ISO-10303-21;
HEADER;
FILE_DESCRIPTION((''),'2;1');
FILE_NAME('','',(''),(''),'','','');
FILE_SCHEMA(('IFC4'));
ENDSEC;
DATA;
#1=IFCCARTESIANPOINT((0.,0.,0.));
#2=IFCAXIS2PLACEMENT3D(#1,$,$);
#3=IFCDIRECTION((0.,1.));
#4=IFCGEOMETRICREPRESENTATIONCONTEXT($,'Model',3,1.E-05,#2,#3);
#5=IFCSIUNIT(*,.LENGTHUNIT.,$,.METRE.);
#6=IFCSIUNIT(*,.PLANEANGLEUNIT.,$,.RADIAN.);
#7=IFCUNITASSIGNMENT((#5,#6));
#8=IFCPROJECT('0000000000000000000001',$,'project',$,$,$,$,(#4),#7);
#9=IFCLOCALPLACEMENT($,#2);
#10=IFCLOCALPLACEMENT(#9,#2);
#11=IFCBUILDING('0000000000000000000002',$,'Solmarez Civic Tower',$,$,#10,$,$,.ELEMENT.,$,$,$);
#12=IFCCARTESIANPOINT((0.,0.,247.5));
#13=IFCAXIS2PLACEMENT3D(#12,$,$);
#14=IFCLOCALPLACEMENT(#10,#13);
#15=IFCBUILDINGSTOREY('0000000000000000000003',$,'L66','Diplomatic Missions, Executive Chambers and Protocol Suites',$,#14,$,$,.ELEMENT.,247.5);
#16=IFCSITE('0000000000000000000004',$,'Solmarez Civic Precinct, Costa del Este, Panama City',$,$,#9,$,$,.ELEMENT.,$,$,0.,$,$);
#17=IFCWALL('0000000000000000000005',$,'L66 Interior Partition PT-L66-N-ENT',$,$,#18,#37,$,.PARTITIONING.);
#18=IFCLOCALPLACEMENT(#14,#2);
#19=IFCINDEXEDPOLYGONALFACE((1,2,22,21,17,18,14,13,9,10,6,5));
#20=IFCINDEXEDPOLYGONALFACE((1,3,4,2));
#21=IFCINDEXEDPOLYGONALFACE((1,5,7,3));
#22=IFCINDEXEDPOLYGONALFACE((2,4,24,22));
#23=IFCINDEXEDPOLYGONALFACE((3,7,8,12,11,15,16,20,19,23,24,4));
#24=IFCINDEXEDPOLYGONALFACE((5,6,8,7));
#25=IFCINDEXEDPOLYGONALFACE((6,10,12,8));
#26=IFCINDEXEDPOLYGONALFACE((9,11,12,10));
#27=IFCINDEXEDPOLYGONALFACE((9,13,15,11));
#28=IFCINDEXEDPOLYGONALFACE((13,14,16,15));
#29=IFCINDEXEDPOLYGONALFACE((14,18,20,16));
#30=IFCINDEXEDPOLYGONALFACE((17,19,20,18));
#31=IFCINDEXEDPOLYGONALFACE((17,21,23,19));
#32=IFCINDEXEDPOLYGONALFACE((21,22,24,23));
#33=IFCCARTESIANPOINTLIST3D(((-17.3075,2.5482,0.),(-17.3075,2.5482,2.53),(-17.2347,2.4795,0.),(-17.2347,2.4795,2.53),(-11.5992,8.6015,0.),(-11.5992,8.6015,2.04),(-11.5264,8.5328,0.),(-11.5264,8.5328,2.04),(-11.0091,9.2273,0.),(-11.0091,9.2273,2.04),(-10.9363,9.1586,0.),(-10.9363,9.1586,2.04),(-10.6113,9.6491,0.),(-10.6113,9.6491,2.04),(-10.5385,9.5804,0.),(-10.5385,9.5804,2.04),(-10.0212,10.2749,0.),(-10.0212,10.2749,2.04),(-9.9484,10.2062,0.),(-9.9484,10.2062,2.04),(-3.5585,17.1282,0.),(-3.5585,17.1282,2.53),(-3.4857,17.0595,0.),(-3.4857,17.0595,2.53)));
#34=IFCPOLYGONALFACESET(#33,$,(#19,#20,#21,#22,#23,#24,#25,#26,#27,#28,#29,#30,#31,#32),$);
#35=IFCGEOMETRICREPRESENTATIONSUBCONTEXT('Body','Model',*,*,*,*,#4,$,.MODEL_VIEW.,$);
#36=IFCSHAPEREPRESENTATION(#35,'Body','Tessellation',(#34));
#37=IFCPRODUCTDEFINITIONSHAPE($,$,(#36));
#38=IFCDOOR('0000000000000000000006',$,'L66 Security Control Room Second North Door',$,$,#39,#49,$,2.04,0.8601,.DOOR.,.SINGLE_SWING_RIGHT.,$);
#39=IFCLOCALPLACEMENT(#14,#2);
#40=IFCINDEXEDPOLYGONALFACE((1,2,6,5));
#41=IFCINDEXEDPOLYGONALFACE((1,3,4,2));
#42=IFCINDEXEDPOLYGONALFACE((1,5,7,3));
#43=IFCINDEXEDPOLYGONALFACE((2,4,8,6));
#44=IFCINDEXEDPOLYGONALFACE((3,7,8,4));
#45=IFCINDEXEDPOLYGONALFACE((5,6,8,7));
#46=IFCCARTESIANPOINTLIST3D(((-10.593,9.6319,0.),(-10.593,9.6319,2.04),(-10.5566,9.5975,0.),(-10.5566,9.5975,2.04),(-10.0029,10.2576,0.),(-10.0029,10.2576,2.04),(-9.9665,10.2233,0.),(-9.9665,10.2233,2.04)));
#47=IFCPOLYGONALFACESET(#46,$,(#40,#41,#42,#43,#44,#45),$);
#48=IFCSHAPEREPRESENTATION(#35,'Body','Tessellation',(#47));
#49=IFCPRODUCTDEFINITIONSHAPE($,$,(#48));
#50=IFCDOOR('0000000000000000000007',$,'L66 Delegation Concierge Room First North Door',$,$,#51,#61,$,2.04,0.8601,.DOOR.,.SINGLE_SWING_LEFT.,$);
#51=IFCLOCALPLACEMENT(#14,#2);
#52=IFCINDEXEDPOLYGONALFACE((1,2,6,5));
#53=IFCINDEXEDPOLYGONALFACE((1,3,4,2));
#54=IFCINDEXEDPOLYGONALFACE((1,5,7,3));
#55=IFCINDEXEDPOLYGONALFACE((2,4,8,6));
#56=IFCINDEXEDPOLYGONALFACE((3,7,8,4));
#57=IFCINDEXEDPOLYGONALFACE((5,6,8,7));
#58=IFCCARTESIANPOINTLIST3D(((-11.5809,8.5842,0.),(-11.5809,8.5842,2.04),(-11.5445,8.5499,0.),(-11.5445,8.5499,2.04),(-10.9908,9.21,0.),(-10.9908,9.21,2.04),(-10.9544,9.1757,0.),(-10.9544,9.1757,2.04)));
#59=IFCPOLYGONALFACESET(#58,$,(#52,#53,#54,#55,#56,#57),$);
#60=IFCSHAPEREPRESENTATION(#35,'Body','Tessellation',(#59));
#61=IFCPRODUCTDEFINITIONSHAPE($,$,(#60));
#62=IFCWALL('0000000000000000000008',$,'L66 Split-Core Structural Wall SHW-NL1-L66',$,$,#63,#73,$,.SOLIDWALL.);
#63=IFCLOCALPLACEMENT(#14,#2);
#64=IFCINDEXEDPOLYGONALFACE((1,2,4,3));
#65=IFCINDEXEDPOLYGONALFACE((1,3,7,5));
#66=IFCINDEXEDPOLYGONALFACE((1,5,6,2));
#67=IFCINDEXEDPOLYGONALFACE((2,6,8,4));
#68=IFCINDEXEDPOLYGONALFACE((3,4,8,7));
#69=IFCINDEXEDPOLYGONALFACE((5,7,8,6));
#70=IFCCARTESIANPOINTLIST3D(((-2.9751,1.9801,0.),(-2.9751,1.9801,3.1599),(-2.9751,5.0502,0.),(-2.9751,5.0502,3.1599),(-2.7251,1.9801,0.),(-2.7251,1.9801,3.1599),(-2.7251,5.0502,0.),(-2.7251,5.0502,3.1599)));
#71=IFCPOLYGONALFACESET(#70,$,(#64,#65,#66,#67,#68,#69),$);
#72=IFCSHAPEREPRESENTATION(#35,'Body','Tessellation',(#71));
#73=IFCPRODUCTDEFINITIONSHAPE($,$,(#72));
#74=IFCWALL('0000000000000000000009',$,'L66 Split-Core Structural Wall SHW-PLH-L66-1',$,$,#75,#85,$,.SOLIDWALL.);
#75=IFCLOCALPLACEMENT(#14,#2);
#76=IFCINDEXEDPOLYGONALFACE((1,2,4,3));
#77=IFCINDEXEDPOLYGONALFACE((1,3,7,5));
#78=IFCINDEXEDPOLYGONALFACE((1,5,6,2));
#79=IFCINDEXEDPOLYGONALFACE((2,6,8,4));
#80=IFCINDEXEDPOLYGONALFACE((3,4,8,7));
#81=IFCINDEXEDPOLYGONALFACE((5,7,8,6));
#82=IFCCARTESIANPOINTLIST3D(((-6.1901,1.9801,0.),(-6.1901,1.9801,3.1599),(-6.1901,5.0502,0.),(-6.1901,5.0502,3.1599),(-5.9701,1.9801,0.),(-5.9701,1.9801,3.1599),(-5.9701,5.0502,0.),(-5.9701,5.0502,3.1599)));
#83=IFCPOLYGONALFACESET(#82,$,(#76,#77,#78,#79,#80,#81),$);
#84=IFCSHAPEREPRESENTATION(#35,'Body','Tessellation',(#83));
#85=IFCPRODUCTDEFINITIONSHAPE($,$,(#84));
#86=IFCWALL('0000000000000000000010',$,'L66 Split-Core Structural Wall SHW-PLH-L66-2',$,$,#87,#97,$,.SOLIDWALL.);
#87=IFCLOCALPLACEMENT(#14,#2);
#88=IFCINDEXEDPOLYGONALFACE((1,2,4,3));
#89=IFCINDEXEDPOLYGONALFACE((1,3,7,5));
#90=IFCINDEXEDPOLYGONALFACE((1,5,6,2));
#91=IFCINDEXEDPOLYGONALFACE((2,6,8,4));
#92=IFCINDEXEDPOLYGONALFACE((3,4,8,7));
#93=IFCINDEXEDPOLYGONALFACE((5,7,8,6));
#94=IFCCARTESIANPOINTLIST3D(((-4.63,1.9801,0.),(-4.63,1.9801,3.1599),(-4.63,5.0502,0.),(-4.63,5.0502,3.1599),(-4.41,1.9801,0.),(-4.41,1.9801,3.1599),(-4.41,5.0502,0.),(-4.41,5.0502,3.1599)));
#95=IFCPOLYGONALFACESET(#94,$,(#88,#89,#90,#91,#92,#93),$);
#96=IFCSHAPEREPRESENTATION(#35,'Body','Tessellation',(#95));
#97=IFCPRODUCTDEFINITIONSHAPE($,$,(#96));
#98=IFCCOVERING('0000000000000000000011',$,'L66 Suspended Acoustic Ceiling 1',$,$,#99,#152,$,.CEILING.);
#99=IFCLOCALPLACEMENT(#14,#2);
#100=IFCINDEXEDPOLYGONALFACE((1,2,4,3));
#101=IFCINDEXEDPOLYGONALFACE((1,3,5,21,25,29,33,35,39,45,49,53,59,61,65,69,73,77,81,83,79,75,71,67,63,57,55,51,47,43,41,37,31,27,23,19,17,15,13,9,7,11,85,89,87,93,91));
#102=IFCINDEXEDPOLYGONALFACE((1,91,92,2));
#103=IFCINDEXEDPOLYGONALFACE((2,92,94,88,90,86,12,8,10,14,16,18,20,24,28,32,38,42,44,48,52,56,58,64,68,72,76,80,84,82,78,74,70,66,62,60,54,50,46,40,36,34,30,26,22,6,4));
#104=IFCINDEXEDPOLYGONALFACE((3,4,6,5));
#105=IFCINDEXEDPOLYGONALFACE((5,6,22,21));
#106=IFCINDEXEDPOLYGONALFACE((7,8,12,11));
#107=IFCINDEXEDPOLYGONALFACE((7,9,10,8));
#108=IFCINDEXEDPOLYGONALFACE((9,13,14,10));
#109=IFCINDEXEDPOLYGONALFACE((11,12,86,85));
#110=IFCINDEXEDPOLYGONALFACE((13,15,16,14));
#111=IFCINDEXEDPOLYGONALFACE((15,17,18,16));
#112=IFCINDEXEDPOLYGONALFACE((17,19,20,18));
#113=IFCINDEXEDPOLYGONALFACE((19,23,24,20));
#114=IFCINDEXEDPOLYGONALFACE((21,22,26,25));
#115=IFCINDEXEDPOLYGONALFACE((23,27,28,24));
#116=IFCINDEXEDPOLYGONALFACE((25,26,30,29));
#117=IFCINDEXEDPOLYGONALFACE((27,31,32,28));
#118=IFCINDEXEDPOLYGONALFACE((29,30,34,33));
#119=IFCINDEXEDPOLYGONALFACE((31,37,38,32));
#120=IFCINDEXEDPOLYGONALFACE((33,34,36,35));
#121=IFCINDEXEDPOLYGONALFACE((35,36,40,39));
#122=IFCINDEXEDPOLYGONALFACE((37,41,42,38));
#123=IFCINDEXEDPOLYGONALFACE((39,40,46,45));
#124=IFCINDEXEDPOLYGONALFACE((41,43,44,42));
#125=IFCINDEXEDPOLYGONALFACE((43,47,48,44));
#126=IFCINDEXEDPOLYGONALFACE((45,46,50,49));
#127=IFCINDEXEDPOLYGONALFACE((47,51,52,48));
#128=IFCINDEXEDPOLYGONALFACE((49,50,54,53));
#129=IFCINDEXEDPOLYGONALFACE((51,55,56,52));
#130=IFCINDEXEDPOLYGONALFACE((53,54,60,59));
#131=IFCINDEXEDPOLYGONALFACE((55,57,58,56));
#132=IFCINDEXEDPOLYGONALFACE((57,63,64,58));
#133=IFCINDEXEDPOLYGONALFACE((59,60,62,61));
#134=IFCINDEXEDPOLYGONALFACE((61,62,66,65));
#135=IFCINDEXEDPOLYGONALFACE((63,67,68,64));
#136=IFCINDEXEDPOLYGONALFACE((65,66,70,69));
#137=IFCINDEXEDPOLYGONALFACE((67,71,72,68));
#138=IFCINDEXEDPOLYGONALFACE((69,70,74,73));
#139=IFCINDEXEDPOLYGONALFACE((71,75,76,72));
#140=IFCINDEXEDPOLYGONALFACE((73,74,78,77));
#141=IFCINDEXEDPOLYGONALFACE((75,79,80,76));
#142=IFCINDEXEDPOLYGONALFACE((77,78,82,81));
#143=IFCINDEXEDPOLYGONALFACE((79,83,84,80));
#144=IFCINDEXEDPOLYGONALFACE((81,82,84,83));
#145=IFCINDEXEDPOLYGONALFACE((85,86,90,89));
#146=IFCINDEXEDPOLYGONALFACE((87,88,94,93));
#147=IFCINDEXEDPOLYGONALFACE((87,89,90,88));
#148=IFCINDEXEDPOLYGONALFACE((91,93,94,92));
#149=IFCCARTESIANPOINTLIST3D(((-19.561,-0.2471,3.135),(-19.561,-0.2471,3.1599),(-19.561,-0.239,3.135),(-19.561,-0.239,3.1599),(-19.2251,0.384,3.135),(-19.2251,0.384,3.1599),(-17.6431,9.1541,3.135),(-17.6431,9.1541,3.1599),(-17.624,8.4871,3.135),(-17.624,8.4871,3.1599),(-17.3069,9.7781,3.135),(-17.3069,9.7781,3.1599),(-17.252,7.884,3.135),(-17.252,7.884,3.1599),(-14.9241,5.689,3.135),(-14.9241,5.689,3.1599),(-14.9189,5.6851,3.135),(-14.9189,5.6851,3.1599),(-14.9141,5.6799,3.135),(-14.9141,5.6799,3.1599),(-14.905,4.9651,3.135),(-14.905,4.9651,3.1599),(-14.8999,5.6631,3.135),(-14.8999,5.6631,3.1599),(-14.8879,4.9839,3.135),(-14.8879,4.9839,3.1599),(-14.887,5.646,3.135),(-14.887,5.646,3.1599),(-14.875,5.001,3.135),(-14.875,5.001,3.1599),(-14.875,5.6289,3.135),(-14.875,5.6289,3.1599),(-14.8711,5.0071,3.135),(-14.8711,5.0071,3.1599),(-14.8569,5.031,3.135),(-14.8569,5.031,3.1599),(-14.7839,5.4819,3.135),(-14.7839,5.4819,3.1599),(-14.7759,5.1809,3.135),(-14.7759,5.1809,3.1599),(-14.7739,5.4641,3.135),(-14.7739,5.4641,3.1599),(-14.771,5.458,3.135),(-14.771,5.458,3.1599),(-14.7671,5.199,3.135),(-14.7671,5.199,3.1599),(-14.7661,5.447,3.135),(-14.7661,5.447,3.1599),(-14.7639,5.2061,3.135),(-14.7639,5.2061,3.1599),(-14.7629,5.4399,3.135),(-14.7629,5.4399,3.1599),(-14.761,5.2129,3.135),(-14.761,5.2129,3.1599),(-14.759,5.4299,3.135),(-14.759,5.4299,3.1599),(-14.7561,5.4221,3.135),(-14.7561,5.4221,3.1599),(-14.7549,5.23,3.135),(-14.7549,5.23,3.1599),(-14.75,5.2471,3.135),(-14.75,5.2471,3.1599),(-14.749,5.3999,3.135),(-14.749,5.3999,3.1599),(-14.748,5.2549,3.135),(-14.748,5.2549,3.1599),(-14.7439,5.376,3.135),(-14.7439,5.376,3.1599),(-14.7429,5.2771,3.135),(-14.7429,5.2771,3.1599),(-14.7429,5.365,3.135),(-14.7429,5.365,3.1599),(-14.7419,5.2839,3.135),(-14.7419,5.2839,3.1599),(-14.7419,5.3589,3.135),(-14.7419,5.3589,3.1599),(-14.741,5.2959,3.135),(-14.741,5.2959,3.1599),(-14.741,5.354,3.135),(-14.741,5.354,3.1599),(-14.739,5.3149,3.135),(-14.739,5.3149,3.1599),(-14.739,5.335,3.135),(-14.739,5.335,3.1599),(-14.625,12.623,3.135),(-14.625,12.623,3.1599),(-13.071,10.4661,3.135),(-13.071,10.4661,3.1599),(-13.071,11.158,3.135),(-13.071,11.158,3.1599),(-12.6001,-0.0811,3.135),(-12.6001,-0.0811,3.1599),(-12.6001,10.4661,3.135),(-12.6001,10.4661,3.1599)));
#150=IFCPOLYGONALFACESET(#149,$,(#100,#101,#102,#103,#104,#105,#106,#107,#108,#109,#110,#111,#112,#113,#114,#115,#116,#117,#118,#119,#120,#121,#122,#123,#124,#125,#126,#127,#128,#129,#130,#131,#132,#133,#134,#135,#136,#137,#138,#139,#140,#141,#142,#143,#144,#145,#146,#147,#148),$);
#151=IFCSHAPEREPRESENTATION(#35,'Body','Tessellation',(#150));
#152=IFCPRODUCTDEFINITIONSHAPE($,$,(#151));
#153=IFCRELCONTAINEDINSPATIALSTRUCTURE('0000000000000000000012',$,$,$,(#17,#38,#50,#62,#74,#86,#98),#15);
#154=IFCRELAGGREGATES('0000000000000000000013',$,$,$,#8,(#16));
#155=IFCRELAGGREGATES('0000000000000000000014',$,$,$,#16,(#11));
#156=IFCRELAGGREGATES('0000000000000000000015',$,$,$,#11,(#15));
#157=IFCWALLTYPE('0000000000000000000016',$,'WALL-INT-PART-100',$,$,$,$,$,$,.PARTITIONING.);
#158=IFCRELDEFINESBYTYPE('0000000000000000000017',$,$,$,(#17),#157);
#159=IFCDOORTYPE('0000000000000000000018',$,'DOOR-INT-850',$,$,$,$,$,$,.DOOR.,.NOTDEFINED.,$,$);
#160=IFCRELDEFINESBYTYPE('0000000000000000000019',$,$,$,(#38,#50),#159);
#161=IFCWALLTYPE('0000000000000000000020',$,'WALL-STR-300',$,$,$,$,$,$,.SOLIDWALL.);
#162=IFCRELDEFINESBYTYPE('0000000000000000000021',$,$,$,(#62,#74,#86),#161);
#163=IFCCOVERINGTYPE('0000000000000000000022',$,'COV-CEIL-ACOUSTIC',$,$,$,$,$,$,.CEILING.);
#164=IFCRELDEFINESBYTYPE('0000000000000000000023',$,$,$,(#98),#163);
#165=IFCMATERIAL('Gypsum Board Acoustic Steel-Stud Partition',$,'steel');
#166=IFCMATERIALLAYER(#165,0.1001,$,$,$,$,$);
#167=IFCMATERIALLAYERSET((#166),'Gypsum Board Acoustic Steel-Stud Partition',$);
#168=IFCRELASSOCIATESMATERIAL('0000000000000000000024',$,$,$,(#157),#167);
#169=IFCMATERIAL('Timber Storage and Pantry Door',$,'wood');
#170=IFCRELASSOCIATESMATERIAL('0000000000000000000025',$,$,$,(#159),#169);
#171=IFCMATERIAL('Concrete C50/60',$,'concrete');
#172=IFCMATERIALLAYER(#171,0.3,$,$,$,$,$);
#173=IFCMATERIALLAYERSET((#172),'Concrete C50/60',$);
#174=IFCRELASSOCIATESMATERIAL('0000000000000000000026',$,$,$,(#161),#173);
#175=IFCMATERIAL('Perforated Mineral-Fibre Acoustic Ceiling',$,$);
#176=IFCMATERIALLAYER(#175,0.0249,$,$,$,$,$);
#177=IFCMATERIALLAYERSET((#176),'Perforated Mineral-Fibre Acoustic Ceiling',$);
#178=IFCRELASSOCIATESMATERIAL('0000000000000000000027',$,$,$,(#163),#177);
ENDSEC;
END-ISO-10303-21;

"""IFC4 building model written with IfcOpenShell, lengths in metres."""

from ifc_helpers import new_model, si_unit, direction, frame, frame_2d, origin, place, context, subcontext, project, spatial, polyline, rectangle, outline, extrude, material, layer, layer_set, type_object, element, fill, save


model = new_model("IFC4")

# Units and contexts
model_context = context("Model", 3, precision=1e-05, world=origin(), true_north=direction((0.0, 1.0)))
body_context = subcontext(model_context, "Body", "Model", "MODEL_VIEW")
ifc_project = project(units=[si_unit("LENGTHUNIT", "METRE"), si_unit("PLANEANGLEUNIT", "RADIAN")], contexts=[model_context])

# Site, building, storey
site_placement = place(None, origin())
site = spatial("IfcSite", under=ifc_project, at=site_placement, Name="Solmarez Civic Precinct, Costa del Este, Panama City", CompositionType="ELEMENT", RefElevation=0.0)
building_placement = place(site_placement, origin())
building = spatial("IfcBuilding", under=site, at=building_placement, Name="Solmarez Civic Tower", CompositionType="ELEMENT")
storey_placement = place(building_placement, frame((0.0, 0.0, 247.5)))
storey = spatial("IfcBuildingStorey", under=building, at=storey_placement, Name="L66", Description="Diplomatic Missions, Executive Chambers and Protocol Suites", CompositionType="ELEMENT", Elevation=247.5)

# Shared definitions
ifc_material_1 = material(Name="Concrete C50/60", Category="concrete")

# Shared definitions
ifc_material_2 = material(Name="Gypsum Board Acoustic Steel-Stud Partition", Category="steel")
ifc_layer_1 = layer(ifc_material_2, 0.1001)
ifc_layer_set_1 = layer_set([ifc_layer_1], Name="Gypsum Board Acoustic Steel-Stud Partition")
wall_type_1 = type_object("IfcWallType", Name="WALL-INT-PART-100", PredefinedType="PARTITIONING", material=ifc_layer_set_1)

# Wall, openings, doors
wall_1_placement = place(storey_placement, frame((-17.271, 2.5139, 0.0), z_axis=(0.0, 0.0, 1.0), x_axis=(0.686068, 0.727537, 0.0)))
wall_1 = element("IfcWall", 1, at=wall_1_placement, inside=storey, type_object=wall_type_1, Name="L66 Interior Partition PT-L66-N-ENT", PredefinedType="PARTITIONING", context=body_context, shape_type="SweptSolid", body=[
    extrude(rectangle(XDim=20.0403, YDim=0.1001, at=frame_2d((10.02, 0.0))), origin(), (0.0, 0.0, 1.0), 2.53),
])
opening_1_placement = place(wall_1_placement, frame((9.76, 0.0, 0.0)))
opening_1 = element("IfcOpeningElement", 2, at=opening_1_placement, cuts=wall_1, PredefinedType="OPENING", context=body_context, shape_type="SweptSolid", body=[
    extrude(rectangle(XDim=0.8601, YDim=2.04, at=frame_2d((0.4302, 1.02))), frame((0.0, 0.0601, 0.0), z_axis=(0.0, -1.0, 0.0), x_axis=(1.0, 0.0, 0.0)), (0.0, 0.0, 1.0), 0.1201),
])
opening_2_placement = place(wall_1_placement, frame((8.3201, 0.0, 0.0)))
opening_2 = element("IfcOpeningElement", 3, at=opening_2_placement, cuts=wall_1, PredefinedType="OPENING", context=body_context, shape_type="SweptSolid", body=[
    extrude(rectangle(XDim=0.8601, YDim=2.04, at=frame_2d((0.4302, 1.02))), frame((0.0, 0.0601, 0.0), z_axis=(0.0, -1.0, 0.0), x_axis=(1.0, 0.0, 0.0)), (0.0, 0.0, 1.0), 0.1201),
])
ifc_material_3 = material(Name="Timber Storage and Pantry Door", Category="wood")
door_type_1 = type_object("IfcDoorType", Name="DOOR-INT-850", OperationType="NOTDEFINED", PredefinedType="DOOR", material=ifc_material_3)
door_1_placement = place(opening_1_placement, origin())
door_1 = element("IfcDoor", 4, at=door_1_placement, inside=storey, type_object=door_type_1, Name="L66 Security Control Room Second North Door", OperationType="SINGLE_SWING_RIGHT", OverallHeight=2.04, OverallWidth=0.8601, PredefinedType="DOOR", context=body_context, shape_type="SweptSolid", body=[
    extrude(rectangle(XDim=0.8601, YDim=2.04, at=frame_2d((0.4302, 1.02))), frame((0.0, 0.0249, 0.0), z_axis=(0.0, -1.0, 0.0), x_axis=(1.0, 0.0, 0.0)), (0.0, 0.0, 1.0), 0.05),
])
fill(opening_1, door_1)
door_2_placement = place(opening_2_placement, origin())
door_2 = element("IfcDoor", 5, at=door_2_placement, inside=storey, type_object=door_type_1, Name="L66 Delegation Concierge Room First North Door", OperationType="SINGLE_SWING_LEFT", OverallHeight=2.04, OverallWidth=0.8601, PredefinedType="DOOR", context=body_context, shape_type="SweptSolid", body=[
    extrude(rectangle(XDim=0.8601, YDim=2.04, at=frame_2d((0.4302, 1.02))), frame((0.0, 0.0249, 0.0), z_axis=(0.0, -1.0, 0.0), x_axis=(1.0, 0.0, 0.0)), (0.0, 0.0, 1.0), 0.05),
])
fill(opening_2, door_2)

# Walls
ifc_layer_2 = layer(ifc_material_1, 0.3)
ifc_layer_set_2 = layer_set([ifc_layer_2], Name="Concrete C50/60")
wall_type_2 = type_object("IfcWallType", Name="WALL-STR-300", PredefinedType="SOLIDWALL", material=ifc_layer_set_2)
wall_2_placement = place(storey_placement, frame((-2.8501, 1.98, 0.0), z_axis=(0.0, 0.0, 1.0), x_axis=(0.0, 1.0, 0.0)))
element("IfcWall", 6, at=wall_2_placement, inside=storey, type_object=wall_type_2, Name="L66 Split-Core Structural Wall SHW-NL1-L66", PredefinedType="SOLIDWALL", context=body_context, shape_type="SweptSolid", body=[
    extrude(rectangle(XDim=3.0701, YDim=0.25, at=frame_2d((1.5352, 0.0))), origin(), (0.0, 0.0, 1.0), 3.1599),
])
for number, where, z_axis, x_axis, name in (
    (7, (-6.0801, 1.98, 0.0), (0.0, 0.0, 1.0), (0.0, 1.0, 0.0), "L66 Split-Core Structural Wall SHW-PLH-L66-1"),
    (8, (-4.52, 1.98, 0.0), (0.0, 0.0, 1.0), (0.0, 1.0, 0.0), "L66 Split-Core Structural Wall SHW-PLH-L66-2"),
):
    element("IfcWall", number, at=place(storey_placement, frame(where, z_axis=z_axis, x_axis=x_axis)), inside=storey, type_object=wall_type_2, Name=name, PredefinedType="SOLIDWALL", context=body_context, shape_type="SweptSolid", body=[
        extrude(rectangle(XDim=3.0701, YDim=0.22, at=frame_2d((1.5352, 0.0))), origin(), (0.0, 0.0, 1.0), 3.1599),
    ])

# Covering
ifc_material_4 = material(Name="Perforated Mineral-Fibre Acoustic Ceiling")
ifc_layer_3 = layer(ifc_material_4, 0.0249)
ifc_layer_set_3 = layer_set([ifc_layer_3], Name="Perforated Mineral-Fibre Acoustic Ceiling")
covering_type_1 = type_object("IfcCoveringType", Name="COV-CEIL-ACOUSTIC", PredefinedType="CEILING", material=ifc_layer_set_3)
covering_1_placement = place(storey_placement, frame((0.0, 0.0, 3.135)))
element("IfcCovering", 9, at=covering_1_placement, inside=storey, type_object=covering_type_1, Name="L66 Suspended Acoustic Ceiling 1", PredefinedType="CEILING", context=body_context, shape_type="SweptSolid", body=[
    extrude(outline(polyline([(-14.875, 5.6289), (-14.7839, 5.4819), (-14.7739, 5.4641), (-14.771, 5.458), (-14.7661, 5.447), (-14.7629, 5.4399), (-14.759, 5.4299), (-14.7561, 5.4221), (-14.749, 5.3999), (-14.7439, 5.376), (-14.7429, 5.365), (-14.7419, 5.3589), (-14.741, 5.354), (-14.739, 5.335), (-14.739, 5.3149), (-14.741, 5.2959), (-14.7419, 5.2839), (-14.7429, 5.2771), (-14.748, 5.2549), (-14.75, 5.2471), (-14.7549, 5.23), (-14.761, 5.2129), (-14.7639, 5.2061), (-14.7671, 5.199), (-14.7759, 5.1809), (-14.8569, 5.031), (-14.8711, 5.0071), (-14.875, 5.001), (-14.8879, 4.9839), (-14.905, 4.9651), (-19.2251, 0.384), (-19.561, -0.239), (-19.561, -0.2471), (-12.6001, -0.0811), (-12.6001, 10.4661), (-13.071, 10.4661), (-13.071, 11.158), (-14.625, 12.623), (-17.3069, 9.7781), (-17.6431, 9.1541), (-17.624, 8.4871), (-17.252, 7.884), (-14.9241, 5.689), (-14.9189, 5.6851), (-14.9141, 5.6799), (-14.8999, 5.6631), (-14.887, 5.646), (-14.875, 5.6289)])), origin(), (0.0, 0.0, 1.0), 0.0249),
])

save(model, "model.ifc")
